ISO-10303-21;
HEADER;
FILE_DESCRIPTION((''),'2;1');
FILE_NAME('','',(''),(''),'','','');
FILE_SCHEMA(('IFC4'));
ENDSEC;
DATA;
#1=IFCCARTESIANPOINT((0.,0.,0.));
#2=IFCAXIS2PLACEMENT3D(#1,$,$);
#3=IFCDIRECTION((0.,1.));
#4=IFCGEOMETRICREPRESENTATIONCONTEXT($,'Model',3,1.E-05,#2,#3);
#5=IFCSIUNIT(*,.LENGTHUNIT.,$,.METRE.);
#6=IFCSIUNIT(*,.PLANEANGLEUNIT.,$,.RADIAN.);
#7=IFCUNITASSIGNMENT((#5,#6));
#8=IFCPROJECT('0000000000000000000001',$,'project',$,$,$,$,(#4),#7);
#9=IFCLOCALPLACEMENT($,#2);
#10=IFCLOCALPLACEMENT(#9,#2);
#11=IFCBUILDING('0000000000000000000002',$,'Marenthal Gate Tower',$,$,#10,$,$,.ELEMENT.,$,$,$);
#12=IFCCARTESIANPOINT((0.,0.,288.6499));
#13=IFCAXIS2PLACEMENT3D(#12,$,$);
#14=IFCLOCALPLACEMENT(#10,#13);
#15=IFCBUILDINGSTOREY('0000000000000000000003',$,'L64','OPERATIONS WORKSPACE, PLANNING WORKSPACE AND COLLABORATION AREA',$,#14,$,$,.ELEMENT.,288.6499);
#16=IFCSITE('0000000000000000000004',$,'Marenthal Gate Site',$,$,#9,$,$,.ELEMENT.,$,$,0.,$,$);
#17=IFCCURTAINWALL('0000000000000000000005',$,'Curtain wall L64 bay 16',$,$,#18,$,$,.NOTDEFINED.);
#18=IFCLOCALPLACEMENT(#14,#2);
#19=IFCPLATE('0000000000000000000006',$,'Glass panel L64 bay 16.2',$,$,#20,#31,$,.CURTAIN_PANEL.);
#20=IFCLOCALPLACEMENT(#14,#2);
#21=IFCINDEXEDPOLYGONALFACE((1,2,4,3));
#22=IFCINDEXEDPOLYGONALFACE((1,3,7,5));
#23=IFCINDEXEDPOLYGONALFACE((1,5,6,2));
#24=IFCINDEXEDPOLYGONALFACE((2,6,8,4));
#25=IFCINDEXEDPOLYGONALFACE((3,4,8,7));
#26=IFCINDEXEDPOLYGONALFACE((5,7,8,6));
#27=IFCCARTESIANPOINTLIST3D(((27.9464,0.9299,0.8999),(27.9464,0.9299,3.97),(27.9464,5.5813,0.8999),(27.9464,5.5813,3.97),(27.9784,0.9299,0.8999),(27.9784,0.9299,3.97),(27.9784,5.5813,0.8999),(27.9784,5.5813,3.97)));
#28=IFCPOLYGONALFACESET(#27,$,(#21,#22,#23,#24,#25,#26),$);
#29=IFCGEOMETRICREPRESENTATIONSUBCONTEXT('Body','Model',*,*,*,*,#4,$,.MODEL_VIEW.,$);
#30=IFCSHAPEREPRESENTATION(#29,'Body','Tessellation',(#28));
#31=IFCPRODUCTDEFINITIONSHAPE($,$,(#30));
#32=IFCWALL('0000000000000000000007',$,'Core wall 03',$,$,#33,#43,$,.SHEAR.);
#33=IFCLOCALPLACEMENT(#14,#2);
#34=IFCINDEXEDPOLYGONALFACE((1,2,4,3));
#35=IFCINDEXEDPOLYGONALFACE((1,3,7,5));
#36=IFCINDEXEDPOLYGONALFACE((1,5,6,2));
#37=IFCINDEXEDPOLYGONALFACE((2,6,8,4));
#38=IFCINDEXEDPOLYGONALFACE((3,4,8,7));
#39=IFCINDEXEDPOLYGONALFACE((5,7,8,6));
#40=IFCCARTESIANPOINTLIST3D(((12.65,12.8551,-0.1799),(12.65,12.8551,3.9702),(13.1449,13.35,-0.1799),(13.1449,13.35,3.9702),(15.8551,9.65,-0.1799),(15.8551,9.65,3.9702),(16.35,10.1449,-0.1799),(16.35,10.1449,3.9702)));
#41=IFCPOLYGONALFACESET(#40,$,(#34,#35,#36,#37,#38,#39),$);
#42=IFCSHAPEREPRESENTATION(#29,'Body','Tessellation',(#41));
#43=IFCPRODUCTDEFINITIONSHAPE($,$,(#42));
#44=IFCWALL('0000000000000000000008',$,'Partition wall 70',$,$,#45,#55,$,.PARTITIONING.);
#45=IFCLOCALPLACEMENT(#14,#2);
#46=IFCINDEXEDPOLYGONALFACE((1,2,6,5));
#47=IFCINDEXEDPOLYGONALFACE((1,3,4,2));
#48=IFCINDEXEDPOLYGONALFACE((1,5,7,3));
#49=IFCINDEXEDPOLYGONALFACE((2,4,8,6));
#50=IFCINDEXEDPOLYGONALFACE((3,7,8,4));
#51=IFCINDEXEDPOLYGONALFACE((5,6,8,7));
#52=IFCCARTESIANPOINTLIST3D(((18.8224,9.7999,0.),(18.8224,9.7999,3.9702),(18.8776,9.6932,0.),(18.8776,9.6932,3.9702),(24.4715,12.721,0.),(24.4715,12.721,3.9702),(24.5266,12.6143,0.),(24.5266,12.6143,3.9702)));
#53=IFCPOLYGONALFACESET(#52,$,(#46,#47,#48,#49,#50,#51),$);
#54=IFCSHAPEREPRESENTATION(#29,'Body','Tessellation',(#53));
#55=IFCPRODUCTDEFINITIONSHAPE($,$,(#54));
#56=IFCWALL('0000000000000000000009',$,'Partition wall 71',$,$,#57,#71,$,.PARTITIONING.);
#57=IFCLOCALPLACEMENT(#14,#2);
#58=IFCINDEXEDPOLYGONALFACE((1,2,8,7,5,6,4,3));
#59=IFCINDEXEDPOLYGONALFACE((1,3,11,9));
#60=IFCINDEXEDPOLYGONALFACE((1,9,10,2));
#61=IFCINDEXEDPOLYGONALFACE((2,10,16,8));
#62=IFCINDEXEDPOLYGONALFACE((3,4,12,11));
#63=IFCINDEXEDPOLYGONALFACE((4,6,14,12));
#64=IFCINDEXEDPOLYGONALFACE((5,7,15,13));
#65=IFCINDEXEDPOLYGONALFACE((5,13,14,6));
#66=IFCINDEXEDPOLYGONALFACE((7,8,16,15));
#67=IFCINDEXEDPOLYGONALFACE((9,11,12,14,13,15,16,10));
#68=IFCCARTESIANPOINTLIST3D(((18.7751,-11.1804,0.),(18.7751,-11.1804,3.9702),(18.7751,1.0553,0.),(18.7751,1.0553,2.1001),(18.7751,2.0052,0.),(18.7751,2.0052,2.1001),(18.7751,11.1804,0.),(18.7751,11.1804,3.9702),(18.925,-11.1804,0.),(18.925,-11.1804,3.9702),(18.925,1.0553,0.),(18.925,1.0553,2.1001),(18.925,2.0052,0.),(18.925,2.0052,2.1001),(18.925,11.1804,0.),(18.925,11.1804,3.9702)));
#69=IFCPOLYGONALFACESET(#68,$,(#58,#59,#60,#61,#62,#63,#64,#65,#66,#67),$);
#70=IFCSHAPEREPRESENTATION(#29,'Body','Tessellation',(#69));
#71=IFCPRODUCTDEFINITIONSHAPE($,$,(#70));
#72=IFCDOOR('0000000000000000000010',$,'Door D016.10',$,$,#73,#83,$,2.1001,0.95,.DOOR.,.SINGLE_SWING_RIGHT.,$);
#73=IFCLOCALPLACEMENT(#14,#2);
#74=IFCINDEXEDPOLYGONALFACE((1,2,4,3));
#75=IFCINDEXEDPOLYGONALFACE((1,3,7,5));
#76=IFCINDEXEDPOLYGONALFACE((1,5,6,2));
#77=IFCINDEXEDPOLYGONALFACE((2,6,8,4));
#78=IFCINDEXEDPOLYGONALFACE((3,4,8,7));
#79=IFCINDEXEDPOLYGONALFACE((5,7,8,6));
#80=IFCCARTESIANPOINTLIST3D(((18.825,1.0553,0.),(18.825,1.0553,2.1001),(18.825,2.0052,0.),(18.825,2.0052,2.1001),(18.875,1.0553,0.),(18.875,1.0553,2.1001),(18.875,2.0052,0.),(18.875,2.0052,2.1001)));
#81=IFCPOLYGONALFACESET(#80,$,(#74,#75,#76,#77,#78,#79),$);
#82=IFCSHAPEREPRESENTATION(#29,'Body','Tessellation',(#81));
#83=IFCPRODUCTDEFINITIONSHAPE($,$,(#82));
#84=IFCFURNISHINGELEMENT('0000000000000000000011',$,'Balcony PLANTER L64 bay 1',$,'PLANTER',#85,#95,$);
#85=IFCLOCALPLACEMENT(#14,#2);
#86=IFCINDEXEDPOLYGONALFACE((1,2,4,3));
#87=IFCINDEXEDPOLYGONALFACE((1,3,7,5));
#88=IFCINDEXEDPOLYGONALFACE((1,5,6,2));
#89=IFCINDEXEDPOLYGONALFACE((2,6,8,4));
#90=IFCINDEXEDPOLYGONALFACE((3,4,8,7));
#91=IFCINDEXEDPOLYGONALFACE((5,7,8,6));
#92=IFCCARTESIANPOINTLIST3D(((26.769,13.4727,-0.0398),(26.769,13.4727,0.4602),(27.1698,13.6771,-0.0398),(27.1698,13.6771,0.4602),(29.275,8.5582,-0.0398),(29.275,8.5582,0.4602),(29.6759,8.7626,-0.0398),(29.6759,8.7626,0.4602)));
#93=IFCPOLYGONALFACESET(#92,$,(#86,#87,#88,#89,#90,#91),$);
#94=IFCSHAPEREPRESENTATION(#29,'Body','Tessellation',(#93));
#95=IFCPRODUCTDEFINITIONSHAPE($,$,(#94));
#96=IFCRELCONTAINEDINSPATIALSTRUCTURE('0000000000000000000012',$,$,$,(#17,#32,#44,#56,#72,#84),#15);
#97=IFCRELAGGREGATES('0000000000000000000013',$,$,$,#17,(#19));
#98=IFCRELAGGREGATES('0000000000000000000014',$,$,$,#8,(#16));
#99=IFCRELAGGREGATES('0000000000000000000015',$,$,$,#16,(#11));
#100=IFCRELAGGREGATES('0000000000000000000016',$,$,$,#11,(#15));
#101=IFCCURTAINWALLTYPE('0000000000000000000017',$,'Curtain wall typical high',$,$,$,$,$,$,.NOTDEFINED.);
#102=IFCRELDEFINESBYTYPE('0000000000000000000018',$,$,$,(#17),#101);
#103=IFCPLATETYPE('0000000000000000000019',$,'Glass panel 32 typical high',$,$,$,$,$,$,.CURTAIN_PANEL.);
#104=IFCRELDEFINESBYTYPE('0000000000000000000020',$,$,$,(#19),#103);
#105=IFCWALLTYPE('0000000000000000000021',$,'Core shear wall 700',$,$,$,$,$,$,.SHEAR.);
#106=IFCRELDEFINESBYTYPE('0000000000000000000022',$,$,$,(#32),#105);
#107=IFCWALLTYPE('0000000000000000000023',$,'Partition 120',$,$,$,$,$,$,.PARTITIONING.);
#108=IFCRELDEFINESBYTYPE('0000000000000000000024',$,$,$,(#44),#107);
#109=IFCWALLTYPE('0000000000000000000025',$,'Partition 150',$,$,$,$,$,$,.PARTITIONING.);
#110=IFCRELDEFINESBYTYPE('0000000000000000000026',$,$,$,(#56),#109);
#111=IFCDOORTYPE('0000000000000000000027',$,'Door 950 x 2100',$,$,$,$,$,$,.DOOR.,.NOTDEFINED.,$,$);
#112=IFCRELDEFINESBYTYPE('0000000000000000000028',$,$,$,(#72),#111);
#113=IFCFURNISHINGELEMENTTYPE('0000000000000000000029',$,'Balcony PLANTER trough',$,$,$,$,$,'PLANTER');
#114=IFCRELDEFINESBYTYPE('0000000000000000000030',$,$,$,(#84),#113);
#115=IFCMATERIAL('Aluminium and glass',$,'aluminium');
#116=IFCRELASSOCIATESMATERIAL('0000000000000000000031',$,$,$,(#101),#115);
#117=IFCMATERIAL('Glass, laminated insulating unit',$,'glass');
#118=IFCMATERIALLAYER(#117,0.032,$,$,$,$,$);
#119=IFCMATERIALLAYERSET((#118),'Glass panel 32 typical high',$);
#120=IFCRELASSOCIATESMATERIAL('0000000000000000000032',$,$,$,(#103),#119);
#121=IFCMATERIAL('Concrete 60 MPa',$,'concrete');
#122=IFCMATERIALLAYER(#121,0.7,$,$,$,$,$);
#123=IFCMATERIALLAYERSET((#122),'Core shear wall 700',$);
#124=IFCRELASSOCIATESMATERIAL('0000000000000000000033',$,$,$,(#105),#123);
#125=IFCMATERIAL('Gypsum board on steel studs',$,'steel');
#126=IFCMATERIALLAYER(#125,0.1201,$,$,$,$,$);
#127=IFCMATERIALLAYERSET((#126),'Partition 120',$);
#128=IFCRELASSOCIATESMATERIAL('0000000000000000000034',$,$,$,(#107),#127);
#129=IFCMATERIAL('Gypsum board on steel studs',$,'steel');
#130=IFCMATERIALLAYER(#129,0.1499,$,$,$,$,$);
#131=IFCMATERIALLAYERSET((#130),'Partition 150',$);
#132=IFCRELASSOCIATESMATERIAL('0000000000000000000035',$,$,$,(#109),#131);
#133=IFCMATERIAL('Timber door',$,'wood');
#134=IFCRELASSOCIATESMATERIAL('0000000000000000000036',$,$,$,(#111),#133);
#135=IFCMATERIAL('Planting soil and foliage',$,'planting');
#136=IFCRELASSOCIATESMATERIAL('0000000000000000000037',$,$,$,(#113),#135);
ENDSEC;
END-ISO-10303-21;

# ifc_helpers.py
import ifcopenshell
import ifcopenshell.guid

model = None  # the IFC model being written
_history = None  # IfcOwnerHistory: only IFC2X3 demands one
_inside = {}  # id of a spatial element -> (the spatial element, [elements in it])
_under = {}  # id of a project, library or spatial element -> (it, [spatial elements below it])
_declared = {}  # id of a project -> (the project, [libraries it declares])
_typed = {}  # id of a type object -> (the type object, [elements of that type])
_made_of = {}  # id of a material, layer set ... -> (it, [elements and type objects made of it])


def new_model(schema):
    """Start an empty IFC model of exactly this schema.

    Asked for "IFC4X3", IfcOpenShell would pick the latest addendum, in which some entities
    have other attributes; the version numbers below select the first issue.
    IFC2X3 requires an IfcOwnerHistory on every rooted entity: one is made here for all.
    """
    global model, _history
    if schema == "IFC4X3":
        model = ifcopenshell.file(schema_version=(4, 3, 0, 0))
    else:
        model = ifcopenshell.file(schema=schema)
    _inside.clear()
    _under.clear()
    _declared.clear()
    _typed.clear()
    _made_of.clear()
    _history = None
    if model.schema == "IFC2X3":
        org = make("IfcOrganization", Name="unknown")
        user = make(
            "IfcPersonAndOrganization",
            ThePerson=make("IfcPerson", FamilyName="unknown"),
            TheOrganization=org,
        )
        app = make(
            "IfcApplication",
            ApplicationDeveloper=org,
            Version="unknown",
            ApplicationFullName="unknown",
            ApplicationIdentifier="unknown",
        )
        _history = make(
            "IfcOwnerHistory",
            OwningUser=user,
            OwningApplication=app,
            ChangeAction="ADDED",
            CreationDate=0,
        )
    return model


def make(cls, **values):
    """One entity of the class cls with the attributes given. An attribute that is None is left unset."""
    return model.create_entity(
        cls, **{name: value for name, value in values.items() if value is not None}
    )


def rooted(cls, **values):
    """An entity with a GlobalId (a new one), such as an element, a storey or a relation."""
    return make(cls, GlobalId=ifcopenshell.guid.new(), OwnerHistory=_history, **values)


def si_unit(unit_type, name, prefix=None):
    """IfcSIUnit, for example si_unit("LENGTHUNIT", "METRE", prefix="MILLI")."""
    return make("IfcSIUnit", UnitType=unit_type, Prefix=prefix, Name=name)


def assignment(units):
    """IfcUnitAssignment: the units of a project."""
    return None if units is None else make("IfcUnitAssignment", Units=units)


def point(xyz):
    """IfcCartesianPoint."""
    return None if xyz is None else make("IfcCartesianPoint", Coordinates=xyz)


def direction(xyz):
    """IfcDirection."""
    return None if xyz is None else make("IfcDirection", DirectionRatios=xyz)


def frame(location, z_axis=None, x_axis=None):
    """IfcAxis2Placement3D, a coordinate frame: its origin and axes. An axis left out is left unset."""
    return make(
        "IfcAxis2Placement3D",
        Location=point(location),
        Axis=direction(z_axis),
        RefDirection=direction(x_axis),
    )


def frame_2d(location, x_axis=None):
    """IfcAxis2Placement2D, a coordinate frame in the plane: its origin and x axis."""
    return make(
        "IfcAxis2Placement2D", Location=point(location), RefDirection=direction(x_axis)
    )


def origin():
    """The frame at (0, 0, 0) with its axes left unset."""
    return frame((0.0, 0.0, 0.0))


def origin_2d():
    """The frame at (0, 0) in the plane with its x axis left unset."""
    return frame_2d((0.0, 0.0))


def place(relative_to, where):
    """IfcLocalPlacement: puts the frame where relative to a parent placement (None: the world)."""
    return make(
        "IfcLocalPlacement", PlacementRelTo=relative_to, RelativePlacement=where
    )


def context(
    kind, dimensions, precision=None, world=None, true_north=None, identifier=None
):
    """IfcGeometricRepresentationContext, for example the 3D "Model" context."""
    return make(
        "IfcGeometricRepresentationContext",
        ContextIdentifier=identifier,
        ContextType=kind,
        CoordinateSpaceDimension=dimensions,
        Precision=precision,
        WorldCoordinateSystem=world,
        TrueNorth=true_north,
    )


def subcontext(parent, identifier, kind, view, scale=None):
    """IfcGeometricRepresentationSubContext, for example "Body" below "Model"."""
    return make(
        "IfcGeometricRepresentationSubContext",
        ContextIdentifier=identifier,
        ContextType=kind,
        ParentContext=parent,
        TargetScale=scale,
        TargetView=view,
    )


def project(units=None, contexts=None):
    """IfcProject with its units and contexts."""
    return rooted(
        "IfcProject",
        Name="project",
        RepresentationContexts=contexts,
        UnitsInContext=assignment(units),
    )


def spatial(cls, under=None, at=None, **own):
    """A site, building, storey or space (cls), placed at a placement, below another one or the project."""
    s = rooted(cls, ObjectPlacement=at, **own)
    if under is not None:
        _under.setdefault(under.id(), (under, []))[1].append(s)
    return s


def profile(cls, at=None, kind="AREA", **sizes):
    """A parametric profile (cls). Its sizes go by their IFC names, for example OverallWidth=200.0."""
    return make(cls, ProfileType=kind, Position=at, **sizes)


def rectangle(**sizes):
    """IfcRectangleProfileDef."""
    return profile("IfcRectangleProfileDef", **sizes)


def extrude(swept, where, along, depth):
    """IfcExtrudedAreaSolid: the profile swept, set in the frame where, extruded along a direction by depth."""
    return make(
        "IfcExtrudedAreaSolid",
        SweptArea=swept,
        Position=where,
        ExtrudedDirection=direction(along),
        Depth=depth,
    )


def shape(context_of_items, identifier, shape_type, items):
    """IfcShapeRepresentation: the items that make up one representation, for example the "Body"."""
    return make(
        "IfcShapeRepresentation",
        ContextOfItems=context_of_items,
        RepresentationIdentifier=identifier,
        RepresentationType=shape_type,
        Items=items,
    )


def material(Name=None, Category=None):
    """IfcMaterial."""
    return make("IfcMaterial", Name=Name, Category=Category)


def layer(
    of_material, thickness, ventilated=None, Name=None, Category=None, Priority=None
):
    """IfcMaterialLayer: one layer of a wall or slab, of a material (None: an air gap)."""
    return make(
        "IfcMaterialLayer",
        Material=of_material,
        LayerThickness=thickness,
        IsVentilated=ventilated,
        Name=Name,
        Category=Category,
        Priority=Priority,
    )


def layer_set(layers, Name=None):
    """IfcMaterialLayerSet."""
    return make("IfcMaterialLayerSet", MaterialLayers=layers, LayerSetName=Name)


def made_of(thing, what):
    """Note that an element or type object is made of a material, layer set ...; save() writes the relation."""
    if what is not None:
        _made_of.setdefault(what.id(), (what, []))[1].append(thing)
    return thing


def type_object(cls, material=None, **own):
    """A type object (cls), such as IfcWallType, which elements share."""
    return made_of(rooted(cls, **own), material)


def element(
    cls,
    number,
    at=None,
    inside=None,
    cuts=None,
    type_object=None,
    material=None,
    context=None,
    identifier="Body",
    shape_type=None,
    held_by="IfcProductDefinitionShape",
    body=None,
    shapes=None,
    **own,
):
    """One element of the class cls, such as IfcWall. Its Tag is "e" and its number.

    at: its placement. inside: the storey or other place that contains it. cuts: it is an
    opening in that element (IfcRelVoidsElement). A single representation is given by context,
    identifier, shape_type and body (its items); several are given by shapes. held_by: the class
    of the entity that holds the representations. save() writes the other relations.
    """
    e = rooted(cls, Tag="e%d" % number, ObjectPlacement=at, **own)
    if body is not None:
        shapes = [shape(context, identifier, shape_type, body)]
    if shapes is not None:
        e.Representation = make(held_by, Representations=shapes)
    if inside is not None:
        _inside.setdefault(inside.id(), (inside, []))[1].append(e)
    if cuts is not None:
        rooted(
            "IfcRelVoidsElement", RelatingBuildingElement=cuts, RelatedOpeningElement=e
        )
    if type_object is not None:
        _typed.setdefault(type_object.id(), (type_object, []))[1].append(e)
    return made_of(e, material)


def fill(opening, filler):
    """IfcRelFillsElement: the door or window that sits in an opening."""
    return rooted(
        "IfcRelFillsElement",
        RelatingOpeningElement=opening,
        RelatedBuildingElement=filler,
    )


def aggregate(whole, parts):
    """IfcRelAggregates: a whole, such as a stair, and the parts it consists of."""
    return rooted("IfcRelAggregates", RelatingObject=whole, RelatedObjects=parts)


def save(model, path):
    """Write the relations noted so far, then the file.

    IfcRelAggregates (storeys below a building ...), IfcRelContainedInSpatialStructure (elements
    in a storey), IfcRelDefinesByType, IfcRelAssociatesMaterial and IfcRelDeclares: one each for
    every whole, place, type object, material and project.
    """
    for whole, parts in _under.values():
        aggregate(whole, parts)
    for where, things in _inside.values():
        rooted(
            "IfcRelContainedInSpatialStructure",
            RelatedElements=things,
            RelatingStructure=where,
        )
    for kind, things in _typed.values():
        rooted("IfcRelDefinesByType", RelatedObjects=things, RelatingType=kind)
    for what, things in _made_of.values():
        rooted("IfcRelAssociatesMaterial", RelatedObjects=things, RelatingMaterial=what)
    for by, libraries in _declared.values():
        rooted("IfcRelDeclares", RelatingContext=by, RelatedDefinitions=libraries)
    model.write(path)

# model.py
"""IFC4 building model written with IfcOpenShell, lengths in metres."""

from ifc_helpers import new_model, si_unit, direction, frame, frame_2d, origin, origin_2d, place, context, subcontext, project, spatial, rectangle, extrude, material, layer, layer_set, type_object, element, fill, aggregate, save


model = new_model("IFC4")

# Units and contexts
model_context = context("Model", 3, precision=1e-05, world=origin(), true_north=direction((0.0, 1.0)))
body_context = subcontext(model_context, "Body", "Model", "MODEL_VIEW")
ifc_project = project(units=[si_unit("LENGTHUNIT", "METRE"), si_unit("PLANEANGLEUNIT", "RADIAN")], contexts=[model_context])

# Site, building, storey
site_placement = place(None, origin())
site = spatial("IfcSite", under=ifc_project, at=site_placement, Name="Marenthal Gate Site", CompositionType="ELEMENT", RefElevation=0.0)
building_placement = place(site_placement, origin())
building = spatial("IfcBuilding", under=site, at=building_placement, Name="Marenthal Gate Tower", CompositionType="ELEMENT")
storey_placement = place(building_placement, frame((0.0, 0.0, 288.6499)))
storey = spatial("IfcBuildingStorey", under=building, at=storey_placement, Name="L64", Description="OPERATIONS WORKSPACE, PLANNING WORKSPACE AND COLLABORATION AREA", CompositionType="ELEMENT", Elevation=288.6499)

# Curtain wall
ifc_material_1 = material(Name="Aluminium and glass", Category="aluminium")
curtain_wall_type = type_object("IfcCurtainWallType", Name="Curtain wall typical high", PredefinedType="NOTDEFINED", material=ifc_material_1)
curtain_wall_placement = place(storey_placement, origin())
curtain_wall = element("IfcCurtainWall", 1, at=curtain_wall_placement, inside=storey, type_object=curtain_wall_type, Name="Curtain wall L64 bay 16", PredefinedType="NOTDEFINED")

# Plate
ifc_material_2 = material(Name="Glass, laminated insulating unit", Category="glass")
ifc_layer_1 = layer(ifc_material_2, 0.032)
ifc_layer_set_1 = layer_set([ifc_layer_1], Name="Glass panel 32 typical high")
plate_type = type_object("IfcPlateType", Name="Glass panel 32 typical high", PredefinedType="CURTAIN_PANEL", material=ifc_layer_set_1)
plate_placement = place(storey_placement, frame((27.9624, 3.2556, 0.8999), z_axis=(0.0, 0.0, 1.0), x_axis=(0.0, 1.0, 0.0)))
plate = element("IfcPlate", 2, at=plate_placement, type_object=plate_type, Name="Glass panel L64 bay 16.2", PredefinedType="CURTAIN_PANEL", context=body_context, shape_type="SweptSolid", body=[
    extrude(rectangle(XDim=4.6514, YDim=0.032, at=origin_2d()), origin(), (0.0, 0.0, 1.0), 3.0701),
])
aggregate(curtain_wall, [plate])

# Walls
ifc_material_3 = material(Name="Concrete 60 MPa", Category="concrete")
ifc_layer_2 = layer(ifc_material_3, 0.7)
ifc_layer_set_2 = layer_set([ifc_layer_2], Name="Core shear wall 700")
wall_type_1 = type_object("IfcWallType", Name="Core shear wall 700", PredefinedType="SHEAR", material=ifc_layer_set_2)
wall_1_placement = place(storey_placement, frame((16.1025, 9.8975, -0.1799), z_axis=(0.0, 0.0, 1.0), x_axis=(-0.707107, 0.707107, 0.0)))
element("IfcWall", 3, at=wall_1_placement, inside=storey, type_object=wall_type_1, Name="Core wall 03", PredefinedType="SHEAR", context=body_context, shape_type="SweptSolid", body=[
    extrude(rectangle(XDim=4.5327, YDim=0.7, at=frame_2d((2.2664, 0.0))), origin(), (0.0, 0.0, 1.0), 4.1501),
])
ifc_material_4 = material(Name="Gypsum board on steel studs", Category="steel")
ifc_layer_3 = layer(ifc_material_4, 0.1201)
ifc_layer_set_3 = layer_set([ifc_layer_3], Name="Partition 120")
wall_type_2 = type_object("IfcWallType", Name="Partition 120", PredefinedType="PARTITIONING", material=ifc_layer_set_3)
wall_2_placement = place(storey_placement, frame((18.8501, 9.7466, 0.0), z_axis=(0.0, 0.0, 1.0), x_axis=(0.888272, 0.459318, 0.0)))
element("IfcWall", 4, at=wall_2_placement, inside=storey, type_object=wall_type_2, Name="Partition wall 70", PredefinedType="PARTITIONING", context=body_context, shape_type="SweptSolid", body=[
    extrude(rectangle(XDim=6.3596, YDim=0.1201, at=frame_2d((3.1797, 0.0))), origin(), (0.0, 0.0, 1.0), 3.9702),
])

# Wall, opening, door
ifc_material_5 = material(Name="Gypsum board on steel studs", Category="steel")
ifc_layer_4 = layer(ifc_material_5, 0.1499)
ifc_layer_set_4 = layer_set([ifc_layer_4], Name="Partition 150")
wall_type_3 = type_object("IfcWallType", Name="Partition 150", PredefinedType="PARTITIONING", material=ifc_layer_set_4)
wall_3_placement = place(storey_placement, frame((18.8501, 11.1804, 0.0), z_axis=(0.0, 0.0, 1.0), x_axis=(0.0, -1.0, 0.0)))
wall_3 = element("IfcWall", 5, at=wall_3_placement, inside=storey, type_object=wall_type_3, Name="Partition wall 71", PredefinedType="PARTITIONING", context=body_context, shape_type="SweptSolid", body=[
    extrude(rectangle(XDim=22.3608, YDim=0.1499, at=frame_2d((11.1804, 0.0))), origin(), (0.0, 0.0, 1.0), 3.9702),
])
opening_1_placement = place(wall_3_placement, frame((9.175, 0.0, 0.0)))
opening_1 = element("IfcOpeningElement", 6, at=opening_1_placement, cuts=wall_3, PredefinedType="OPENING", context=body_context, shape_type="SweptSolid", body=[
    extrude(rectangle(XDim=0.95, YDim=2.1001, at=frame_2d((0.4751, 1.05))), frame((0.0, 0.085, 0.0), z_axis=(0.0, -1.0, 0.0), x_axis=(1.0, 0.0, 0.0)), (0.0, 0.0, 1.0), 0.1699),
])
ifc_material_6 = material(Name="Timber door", Category="wood")
door_type_1 = type_object("IfcDoorType", Name="Door 950 x 2100", OperationType="NOTDEFINED", PredefinedType="DOOR", material=ifc_material_6)
door_1_placement = place(opening_1_placement, origin())
door_1 = element("IfcDoor", 7, at=door_1_placement, inside=storey, type_object=door_type_1, Name="Door D016.10", OperationType="SINGLE_SWING_RIGHT", OverallHeight=2.1001, OverallWidth=0.95, PredefinedType="DOOR", context=body_context, shape_type="SweptSolid", body=[
    extrude(rectangle(XDim=0.95, YDim=2.1001, at=frame_2d((0.4751, 1.05))), frame((0.0, 0.0249, 0.0), z_axis=(0.0, -1.0, 0.0), x_axis=(1.0, 0.0, 0.0)), (0.0, 0.0, 1.0), 0.05),
])
fill(opening_1, door_1)

# Furnishing element
ifc_material_7 = material(Name="Planting soil and foliage", Category="planting")
furnishing_element_type = type_object("IfcFurnishingElementType", Name="Balcony PLANTER trough", ElementType="PLANTER", material=ifc_material_7)
furnishing_placement = place(storey_placement, frame((28.2224, 11.1177, -0.0398), z_axis=(0.0, 0.0, 1.0), x_axis=(-0.454273, 0.890862, 0.0)))
element("IfcFurnishingElement", 8, at=furnishing_placement, inside=storey, type_object=furnishing_element_type, Name="Balcony PLANTER L64 bay 1", ObjectType="PLANTER", context=body_context, shape_type="SweptSolid", body=[
    extrude(rectangle(XDim=5.5166, YDim=0.45, at=origin_2d()), origin(), (0.0, 0.0, 1.0), 0.5),
])

save(model, "model.ifc")
